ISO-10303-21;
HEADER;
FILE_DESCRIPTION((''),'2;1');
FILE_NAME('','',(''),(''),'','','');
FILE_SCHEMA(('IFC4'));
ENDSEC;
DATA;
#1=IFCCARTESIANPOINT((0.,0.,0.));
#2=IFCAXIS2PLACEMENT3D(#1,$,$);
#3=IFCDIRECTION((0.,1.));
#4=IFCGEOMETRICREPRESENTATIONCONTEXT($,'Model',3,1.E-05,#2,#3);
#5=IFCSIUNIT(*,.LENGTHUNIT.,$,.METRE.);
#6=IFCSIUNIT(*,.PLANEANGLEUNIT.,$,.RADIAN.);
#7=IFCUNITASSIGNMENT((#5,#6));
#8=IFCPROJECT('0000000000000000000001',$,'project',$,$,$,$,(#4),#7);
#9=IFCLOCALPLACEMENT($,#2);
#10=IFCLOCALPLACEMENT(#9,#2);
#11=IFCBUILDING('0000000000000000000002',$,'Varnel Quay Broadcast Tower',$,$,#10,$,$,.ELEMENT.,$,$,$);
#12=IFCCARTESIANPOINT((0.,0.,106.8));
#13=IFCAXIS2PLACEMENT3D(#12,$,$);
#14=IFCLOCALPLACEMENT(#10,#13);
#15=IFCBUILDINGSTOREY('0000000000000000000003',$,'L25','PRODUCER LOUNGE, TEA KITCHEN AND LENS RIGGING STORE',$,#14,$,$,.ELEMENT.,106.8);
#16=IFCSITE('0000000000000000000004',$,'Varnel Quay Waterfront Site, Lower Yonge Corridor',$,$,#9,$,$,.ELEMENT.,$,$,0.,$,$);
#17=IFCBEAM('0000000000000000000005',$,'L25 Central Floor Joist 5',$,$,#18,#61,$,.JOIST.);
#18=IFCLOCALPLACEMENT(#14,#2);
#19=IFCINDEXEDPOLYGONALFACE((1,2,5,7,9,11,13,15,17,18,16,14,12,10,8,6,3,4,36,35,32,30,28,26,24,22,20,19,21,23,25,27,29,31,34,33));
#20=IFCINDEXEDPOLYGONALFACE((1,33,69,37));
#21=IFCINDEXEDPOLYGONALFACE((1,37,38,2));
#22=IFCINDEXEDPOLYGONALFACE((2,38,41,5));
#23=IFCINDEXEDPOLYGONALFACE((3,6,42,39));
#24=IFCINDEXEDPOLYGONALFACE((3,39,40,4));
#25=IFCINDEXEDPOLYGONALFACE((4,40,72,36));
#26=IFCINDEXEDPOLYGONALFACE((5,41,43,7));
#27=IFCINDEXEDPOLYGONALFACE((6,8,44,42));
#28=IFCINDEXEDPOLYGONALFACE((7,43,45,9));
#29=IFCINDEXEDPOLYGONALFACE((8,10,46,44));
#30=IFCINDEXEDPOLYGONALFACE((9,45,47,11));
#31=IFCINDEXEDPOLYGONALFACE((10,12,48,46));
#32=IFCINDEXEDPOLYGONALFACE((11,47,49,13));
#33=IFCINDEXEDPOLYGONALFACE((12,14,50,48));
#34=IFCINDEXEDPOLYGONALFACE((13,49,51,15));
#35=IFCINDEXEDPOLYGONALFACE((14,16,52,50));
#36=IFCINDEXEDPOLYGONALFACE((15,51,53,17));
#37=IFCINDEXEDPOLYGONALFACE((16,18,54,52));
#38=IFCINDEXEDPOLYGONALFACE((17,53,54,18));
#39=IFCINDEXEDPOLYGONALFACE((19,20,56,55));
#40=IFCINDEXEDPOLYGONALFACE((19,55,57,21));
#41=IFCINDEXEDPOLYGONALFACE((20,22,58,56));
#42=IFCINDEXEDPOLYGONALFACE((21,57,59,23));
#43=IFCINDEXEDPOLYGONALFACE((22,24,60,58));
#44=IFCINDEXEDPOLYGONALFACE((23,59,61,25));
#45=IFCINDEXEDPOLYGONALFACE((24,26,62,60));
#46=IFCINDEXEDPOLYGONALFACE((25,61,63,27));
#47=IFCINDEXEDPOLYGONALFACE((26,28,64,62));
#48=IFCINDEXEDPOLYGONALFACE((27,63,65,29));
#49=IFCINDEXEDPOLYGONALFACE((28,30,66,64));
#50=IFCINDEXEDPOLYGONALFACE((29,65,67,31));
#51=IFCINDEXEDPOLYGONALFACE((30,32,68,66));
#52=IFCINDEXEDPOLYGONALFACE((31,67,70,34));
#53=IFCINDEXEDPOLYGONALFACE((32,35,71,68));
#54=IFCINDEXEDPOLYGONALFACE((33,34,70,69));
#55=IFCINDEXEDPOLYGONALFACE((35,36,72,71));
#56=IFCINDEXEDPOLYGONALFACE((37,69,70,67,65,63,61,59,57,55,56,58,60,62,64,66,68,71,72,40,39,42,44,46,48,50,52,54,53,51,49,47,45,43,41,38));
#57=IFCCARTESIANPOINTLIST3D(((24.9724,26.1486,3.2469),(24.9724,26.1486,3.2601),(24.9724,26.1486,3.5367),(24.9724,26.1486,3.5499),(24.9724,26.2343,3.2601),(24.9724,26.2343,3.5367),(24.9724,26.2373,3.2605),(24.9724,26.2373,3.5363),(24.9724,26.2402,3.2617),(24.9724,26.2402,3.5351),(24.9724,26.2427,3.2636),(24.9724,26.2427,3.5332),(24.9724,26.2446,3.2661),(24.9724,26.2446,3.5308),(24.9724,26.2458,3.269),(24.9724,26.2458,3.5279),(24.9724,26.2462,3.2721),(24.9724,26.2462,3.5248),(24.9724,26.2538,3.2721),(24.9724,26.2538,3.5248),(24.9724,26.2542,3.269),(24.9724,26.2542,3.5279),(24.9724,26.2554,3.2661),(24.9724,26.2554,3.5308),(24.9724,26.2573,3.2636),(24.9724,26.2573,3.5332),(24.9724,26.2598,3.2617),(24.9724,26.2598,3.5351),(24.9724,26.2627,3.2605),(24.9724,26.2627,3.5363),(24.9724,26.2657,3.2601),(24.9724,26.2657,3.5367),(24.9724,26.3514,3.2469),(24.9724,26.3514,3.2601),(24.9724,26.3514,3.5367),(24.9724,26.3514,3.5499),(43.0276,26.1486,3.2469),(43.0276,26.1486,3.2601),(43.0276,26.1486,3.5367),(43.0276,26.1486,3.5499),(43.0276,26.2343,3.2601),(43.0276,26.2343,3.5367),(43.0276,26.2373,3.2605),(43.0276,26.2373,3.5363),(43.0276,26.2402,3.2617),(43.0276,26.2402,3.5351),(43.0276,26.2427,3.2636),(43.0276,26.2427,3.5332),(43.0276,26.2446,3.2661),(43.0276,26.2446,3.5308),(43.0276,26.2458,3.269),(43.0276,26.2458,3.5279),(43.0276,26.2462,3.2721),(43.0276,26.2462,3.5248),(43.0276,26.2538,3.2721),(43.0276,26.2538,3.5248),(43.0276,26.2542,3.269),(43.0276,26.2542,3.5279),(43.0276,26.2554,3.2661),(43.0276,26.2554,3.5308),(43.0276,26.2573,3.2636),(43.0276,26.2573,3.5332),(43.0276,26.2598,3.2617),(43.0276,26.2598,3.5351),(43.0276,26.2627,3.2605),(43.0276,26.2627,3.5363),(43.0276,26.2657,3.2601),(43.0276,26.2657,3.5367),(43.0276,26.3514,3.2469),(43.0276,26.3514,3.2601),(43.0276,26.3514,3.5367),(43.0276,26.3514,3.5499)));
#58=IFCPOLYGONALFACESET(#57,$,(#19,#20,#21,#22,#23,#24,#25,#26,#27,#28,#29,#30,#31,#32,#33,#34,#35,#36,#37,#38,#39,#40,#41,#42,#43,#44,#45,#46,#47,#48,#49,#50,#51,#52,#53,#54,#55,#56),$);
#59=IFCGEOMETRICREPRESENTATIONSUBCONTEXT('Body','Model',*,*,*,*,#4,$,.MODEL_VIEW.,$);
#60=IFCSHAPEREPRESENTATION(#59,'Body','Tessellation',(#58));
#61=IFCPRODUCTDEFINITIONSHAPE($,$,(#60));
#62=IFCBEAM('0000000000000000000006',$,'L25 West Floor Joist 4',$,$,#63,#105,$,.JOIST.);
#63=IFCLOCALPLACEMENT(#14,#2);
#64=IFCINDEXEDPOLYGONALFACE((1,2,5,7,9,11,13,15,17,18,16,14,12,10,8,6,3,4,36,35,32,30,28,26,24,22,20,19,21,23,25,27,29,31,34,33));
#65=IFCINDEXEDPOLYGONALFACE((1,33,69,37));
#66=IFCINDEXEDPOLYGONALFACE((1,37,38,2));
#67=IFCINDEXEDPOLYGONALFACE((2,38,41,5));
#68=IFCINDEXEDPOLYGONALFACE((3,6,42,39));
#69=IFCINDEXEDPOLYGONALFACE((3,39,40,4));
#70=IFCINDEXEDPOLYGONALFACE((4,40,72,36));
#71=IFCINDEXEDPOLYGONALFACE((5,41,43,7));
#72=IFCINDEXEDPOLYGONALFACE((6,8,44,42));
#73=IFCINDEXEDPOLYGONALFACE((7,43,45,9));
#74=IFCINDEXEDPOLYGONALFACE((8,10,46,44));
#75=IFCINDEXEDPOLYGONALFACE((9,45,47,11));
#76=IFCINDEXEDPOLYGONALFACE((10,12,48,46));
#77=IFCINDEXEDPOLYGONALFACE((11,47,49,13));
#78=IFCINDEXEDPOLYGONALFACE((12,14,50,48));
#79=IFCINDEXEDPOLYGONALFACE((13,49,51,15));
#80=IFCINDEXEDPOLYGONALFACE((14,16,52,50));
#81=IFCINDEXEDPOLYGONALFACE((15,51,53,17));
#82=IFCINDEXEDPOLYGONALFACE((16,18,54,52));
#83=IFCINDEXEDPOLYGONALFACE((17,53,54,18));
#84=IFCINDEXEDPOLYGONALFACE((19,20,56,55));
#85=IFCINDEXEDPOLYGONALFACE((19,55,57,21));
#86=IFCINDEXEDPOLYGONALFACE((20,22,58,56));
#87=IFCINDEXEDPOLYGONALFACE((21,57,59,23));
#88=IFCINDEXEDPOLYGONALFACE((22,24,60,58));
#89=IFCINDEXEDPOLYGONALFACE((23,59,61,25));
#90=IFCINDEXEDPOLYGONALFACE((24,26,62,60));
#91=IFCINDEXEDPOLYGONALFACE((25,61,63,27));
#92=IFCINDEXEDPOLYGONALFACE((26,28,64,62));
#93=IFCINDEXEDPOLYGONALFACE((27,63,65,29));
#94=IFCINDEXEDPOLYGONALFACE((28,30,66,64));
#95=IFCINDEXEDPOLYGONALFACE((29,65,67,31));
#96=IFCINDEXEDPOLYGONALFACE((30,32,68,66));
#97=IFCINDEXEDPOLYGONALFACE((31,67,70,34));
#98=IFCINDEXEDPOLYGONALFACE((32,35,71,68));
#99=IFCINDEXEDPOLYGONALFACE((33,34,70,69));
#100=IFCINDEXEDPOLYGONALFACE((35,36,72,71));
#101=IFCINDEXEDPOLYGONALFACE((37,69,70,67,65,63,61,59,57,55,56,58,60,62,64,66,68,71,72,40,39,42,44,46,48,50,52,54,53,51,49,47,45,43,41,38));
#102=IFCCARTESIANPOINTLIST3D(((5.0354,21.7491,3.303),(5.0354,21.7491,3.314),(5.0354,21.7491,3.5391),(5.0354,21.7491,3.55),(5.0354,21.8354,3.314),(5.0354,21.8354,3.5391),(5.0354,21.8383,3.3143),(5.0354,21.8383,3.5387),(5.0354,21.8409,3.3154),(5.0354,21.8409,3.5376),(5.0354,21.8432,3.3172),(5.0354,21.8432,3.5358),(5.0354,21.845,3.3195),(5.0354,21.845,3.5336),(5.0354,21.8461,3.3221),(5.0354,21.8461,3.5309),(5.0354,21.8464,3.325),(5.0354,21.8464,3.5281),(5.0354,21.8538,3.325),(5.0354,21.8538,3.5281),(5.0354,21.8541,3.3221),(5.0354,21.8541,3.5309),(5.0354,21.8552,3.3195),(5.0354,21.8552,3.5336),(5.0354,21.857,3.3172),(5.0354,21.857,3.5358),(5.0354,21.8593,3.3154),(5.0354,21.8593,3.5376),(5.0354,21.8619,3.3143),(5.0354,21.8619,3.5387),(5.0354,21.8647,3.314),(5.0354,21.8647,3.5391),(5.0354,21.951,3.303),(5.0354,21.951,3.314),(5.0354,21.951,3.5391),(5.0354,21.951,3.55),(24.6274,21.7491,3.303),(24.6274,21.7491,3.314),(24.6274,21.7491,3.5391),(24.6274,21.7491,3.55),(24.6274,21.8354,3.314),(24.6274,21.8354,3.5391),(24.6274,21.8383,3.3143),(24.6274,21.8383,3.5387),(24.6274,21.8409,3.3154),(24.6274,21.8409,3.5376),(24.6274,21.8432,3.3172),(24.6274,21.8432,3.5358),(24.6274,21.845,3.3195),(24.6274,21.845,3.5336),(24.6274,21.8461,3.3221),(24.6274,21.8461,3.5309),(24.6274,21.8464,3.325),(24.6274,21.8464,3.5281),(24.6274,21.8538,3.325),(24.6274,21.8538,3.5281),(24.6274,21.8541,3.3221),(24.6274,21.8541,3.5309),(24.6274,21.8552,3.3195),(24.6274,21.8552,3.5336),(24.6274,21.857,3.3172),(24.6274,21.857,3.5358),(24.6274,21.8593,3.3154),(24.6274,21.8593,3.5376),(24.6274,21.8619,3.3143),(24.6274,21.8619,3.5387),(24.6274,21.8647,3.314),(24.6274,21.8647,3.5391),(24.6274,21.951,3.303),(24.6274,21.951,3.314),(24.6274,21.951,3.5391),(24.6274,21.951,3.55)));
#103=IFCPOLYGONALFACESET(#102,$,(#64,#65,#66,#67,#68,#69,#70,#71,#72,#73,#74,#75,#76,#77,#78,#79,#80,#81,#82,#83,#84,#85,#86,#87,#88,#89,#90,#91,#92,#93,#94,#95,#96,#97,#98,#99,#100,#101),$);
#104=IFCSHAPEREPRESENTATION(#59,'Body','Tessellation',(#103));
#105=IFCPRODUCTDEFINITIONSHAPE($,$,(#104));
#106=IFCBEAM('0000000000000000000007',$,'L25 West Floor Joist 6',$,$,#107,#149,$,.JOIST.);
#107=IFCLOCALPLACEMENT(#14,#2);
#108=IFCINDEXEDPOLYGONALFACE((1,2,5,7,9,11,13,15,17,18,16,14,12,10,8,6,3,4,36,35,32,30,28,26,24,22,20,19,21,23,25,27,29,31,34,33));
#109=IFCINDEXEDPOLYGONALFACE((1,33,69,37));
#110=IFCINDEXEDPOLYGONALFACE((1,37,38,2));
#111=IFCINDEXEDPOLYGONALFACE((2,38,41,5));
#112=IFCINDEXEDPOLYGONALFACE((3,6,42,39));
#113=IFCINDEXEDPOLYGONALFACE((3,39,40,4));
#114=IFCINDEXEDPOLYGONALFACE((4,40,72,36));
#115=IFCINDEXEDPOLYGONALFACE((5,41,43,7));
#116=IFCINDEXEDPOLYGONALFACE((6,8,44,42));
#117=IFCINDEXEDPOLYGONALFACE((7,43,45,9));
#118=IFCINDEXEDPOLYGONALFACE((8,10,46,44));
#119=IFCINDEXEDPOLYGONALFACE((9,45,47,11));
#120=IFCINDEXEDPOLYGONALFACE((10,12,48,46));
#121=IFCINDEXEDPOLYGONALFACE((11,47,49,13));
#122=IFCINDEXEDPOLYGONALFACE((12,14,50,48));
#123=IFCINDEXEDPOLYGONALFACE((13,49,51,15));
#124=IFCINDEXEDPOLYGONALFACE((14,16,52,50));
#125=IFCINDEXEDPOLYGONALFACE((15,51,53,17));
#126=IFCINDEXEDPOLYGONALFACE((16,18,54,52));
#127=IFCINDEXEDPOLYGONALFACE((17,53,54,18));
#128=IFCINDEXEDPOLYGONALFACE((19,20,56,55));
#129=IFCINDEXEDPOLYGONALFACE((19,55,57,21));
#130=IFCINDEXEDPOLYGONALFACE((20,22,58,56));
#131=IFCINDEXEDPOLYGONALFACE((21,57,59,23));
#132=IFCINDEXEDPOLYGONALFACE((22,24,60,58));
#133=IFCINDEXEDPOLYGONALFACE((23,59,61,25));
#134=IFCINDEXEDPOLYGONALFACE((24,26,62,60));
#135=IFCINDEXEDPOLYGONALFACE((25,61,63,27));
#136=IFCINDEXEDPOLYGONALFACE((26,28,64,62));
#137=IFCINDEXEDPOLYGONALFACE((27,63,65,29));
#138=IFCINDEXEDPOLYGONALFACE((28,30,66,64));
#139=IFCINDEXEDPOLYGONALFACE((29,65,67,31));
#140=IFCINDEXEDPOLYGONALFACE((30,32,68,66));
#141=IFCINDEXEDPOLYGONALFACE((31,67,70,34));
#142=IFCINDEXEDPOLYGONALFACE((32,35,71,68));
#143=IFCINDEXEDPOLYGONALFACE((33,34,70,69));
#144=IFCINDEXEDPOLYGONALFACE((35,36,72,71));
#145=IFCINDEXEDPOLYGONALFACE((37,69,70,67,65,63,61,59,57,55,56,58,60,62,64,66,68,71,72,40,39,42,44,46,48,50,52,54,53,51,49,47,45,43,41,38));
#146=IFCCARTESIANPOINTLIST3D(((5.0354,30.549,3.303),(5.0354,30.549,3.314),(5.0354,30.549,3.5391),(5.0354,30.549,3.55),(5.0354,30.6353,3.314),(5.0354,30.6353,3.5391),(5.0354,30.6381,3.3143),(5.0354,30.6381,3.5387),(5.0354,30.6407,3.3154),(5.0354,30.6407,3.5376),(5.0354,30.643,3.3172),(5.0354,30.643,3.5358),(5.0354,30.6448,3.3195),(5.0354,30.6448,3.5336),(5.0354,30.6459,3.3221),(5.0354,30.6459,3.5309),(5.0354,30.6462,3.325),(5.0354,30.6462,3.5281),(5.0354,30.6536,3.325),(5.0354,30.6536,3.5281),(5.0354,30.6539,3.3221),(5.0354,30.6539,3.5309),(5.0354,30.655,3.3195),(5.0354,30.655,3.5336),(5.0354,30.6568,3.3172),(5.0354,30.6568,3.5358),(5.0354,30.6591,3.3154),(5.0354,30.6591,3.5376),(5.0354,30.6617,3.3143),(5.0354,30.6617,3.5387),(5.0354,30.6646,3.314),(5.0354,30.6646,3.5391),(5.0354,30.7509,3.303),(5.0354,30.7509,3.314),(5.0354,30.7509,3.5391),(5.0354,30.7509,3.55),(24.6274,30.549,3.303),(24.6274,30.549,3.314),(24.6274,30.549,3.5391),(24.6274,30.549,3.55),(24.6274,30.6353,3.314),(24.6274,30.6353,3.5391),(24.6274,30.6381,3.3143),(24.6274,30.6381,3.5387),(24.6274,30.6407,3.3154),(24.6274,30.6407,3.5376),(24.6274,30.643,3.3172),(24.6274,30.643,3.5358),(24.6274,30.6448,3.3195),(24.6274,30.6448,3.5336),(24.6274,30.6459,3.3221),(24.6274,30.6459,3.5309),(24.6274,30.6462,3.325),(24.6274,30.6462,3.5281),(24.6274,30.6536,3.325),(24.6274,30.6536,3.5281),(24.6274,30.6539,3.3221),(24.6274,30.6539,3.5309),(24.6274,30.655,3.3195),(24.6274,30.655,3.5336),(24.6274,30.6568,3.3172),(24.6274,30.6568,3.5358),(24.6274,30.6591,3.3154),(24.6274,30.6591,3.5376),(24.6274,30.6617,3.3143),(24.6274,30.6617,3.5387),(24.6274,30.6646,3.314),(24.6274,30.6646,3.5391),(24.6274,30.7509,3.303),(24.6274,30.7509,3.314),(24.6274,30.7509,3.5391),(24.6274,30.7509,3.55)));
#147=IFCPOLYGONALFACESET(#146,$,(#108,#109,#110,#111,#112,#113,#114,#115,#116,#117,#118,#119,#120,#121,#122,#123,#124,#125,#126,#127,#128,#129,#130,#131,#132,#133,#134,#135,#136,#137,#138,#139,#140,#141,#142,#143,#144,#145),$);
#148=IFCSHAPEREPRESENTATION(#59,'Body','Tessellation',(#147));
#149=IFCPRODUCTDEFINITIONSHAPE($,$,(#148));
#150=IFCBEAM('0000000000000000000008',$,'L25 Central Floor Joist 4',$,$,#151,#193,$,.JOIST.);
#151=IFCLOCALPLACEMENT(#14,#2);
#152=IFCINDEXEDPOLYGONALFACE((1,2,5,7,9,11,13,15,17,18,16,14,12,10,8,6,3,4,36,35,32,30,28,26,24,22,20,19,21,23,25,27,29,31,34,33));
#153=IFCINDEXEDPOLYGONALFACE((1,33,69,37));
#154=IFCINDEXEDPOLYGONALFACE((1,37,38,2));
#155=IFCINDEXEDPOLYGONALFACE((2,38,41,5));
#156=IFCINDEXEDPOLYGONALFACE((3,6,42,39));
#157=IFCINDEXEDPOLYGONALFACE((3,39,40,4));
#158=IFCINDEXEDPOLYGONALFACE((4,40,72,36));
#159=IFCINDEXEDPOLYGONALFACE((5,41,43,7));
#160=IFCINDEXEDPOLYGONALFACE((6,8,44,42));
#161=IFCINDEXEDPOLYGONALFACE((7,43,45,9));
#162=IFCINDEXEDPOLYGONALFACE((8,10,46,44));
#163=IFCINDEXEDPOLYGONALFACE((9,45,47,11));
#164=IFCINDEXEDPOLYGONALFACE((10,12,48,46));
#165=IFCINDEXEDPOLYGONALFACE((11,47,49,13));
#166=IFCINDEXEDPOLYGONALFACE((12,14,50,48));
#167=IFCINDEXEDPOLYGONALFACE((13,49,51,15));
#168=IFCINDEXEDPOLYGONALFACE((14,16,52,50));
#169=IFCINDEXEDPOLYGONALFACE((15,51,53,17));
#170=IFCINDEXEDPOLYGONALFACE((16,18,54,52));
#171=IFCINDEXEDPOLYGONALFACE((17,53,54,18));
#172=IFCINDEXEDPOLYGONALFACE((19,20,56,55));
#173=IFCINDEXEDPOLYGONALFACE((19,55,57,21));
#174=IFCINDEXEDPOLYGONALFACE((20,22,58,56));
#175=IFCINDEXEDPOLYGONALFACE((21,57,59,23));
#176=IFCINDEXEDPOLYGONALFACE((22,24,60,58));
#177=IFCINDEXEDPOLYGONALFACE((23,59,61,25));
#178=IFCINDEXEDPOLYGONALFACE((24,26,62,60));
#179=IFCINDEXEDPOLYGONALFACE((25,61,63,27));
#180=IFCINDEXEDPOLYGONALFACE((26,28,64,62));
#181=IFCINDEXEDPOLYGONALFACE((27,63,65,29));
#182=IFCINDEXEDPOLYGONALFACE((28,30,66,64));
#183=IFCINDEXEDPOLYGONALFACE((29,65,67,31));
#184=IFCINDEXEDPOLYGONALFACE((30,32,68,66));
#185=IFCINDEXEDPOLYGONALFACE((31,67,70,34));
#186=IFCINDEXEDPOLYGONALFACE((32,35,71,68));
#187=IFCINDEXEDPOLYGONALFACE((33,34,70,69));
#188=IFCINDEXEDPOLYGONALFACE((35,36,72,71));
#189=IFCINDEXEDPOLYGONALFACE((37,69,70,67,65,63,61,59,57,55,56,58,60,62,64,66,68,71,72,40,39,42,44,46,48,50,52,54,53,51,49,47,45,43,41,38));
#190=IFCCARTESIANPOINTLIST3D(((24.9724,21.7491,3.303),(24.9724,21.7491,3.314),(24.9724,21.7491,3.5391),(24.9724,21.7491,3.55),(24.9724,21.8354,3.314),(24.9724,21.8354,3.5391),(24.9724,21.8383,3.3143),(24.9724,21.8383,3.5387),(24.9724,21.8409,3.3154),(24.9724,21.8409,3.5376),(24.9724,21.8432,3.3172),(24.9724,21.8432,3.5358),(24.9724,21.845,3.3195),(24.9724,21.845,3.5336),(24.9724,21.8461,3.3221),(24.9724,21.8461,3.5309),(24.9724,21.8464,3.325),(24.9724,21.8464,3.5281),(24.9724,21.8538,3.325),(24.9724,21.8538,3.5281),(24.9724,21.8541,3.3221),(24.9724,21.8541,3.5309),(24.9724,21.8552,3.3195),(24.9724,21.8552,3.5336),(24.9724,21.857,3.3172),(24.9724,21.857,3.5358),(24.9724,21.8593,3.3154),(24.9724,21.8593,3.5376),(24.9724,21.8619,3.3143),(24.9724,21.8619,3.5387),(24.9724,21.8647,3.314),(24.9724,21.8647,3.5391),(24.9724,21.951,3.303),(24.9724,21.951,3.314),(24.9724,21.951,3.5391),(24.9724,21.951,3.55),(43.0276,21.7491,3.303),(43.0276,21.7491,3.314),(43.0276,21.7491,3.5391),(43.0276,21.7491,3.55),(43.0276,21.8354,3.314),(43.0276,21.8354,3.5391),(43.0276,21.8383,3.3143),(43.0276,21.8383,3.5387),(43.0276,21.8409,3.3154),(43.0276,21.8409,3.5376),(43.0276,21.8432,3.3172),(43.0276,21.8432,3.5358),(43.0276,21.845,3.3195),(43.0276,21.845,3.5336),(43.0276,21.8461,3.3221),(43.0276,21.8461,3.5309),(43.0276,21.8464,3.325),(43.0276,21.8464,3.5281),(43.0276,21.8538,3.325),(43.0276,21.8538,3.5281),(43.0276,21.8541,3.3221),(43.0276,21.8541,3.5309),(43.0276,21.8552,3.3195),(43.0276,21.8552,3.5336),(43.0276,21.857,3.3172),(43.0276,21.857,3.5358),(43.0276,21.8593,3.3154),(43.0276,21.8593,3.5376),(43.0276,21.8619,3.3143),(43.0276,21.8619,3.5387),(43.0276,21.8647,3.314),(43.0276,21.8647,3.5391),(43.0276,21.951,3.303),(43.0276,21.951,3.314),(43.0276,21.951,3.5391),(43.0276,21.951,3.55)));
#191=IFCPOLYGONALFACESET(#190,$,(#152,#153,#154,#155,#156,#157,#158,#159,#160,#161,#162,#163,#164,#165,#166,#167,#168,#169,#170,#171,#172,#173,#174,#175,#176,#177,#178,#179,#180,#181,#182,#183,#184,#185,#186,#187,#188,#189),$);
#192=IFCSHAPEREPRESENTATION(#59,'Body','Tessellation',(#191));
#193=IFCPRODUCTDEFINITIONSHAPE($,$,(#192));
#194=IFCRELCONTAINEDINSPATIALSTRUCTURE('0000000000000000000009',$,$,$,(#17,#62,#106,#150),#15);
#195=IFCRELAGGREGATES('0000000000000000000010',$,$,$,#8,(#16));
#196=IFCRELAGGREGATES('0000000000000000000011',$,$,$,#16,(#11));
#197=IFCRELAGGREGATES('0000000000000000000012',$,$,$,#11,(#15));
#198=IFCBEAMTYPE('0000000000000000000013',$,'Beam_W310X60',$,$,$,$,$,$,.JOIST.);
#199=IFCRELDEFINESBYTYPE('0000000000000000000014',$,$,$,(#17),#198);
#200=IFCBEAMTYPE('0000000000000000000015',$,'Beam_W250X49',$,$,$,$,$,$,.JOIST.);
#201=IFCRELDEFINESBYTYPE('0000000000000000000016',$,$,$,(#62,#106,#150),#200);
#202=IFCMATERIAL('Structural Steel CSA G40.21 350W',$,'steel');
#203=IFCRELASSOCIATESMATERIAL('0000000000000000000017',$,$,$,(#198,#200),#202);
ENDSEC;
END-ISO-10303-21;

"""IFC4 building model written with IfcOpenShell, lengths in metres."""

from ifc_helpers import new_model, si_unit, direction, frame, origin, origin_2d, place, context, subcontext, project, spatial, i_section, extrude, source, transform, mapped, material, material_profile, profile_set, type_object, type_shapes, element, save


model = new_model("IFC4")

# Units and contexts
model_context = context("Model", 3, precision=1e-05, world=origin(), true_north=direction((0.0, 1.0)))
body_context = subcontext(model_context, "Body", "Model", "MODEL_VIEW")
ifc_project = project(units=[si_unit("LENGTHUNIT", "METRE"), si_unit("PLANEANGLEUNIT", "RADIAN")], contexts=[model_context])

# Site, building, storey
site_placement = place(None, origin())
site = spatial("IfcSite", under=ifc_project, at=site_placement, Name="Varnel Quay Waterfront Site, Lower Yonge Corridor", CompositionType="ELEMENT", RefElevation=0.0)
building_placement = place(site_placement, origin())
building = spatial("IfcBuilding", under=site, at=building_placement, Name="Varnel Quay Broadcast Tower", CompositionType="ELEMENT")
storey_placement = place(building_placement, frame((0.0, 0.0, 106.8)))
storey = spatial("IfcBuildingStorey", under=building, at=storey_placement, Name="L25", Description="PRODUCER LOUNGE, TEA KITCHEN AND LENS RIGGING STORE", CompositionType="ELEMENT", Elevation=106.8)

# Shared definitions
ifc_material_1 = material(Name="Structural Steel CSA G40.21 350W", Category="steel")

# Beams
ifc_material_profile_1 = material_profile(ifc_material_1, i_section(OverallWidth=0.2029, OverallDepth=0.303, WebThickness=0.0076, FlangeThickness=0.0132, FilletRadius=0.012, at=origin_2d()), Name="W310X60")
ifc_profile_set_1 = profile_set([ifc_material_profile_1], Name="Structural Steel CSA G40.21 350W")
beam_type_1 = type_object("IfcBeamType", Name="Beam_W310X60", PredefinedType="JOIST", material=ifc_profile_set_1)
shared_shape_1 = source(origin(), body_context, "Body", "SweptSolid", [
    extrude(i_section(OverallWidth=0.2029, OverallDepth=0.303, WebThickness=0.0076, FlangeThickness=0.0132, FilletRadius=0.012, at=origin_2d()), origin(), (0.0, 0.0, 1.0), 18.0552),
])
for number, where, z_axis, x_axis, name in (
    (1, (24.9724, 26.25, 3.3984), (1.0, 0.0, 0.0), (0.0, 1.0, 0.0), "L25 Central Floor Joist 5"),
):
    element("IfcBeam", number, at=place(storey_placement, frame(where, z_axis=z_axis, x_axis=x_axis)), inside=storey, type_object=beam_type_1, Name=name, PredefinedType="JOIST", context=body_context, shape_type="MappedRepresentation", body=[
        mapped(shared_shape_1, transform((0.0, 0.0, 0.0), x_axis=(1.0, 0.0, 0.0), y_axis=(0.0, 1.0, 0.0), z_axis=(0.0, 0.0, 1.0), scale=1.0)),
    ])
ifc_material_profile_2 = material_profile(ifc_material_1, i_section(OverallWidth=0.2019, OverallDepth=0.2471, WebThickness=0.0073, FlangeThickness=0.011, FilletRadius=0.011, at=origin_2d()), Name="W250X49")
ifc_profile_set_2 = profile_set([ifc_material_profile_2], Name="Structural Steel CSA G40.21 350W")
beam_type_2 = type_object("IfcBeamType", Name="Beam_W250X49", PredefinedType="JOIST", material=ifc_profile_set_2)
shared_shape_2 = source(origin(), body_context, "Body", "SweptSolid", [
    extrude(i_section(OverallWidth=0.2019, OverallDepth=0.2471, WebThickness=0.0073, FlangeThickness=0.011, FilletRadius=0.011, at=origin_2d()), origin(), (0.0, 0.0, 1.0), 19.592),
])
for number, where, z_axis, x_axis, name in (
    (2, (5.0354, 21.8501, 3.4265), (1.0, 0.0, 0.0), (0.0, 1.0, 0.0), "L25 West Floor Joist 4"),
    (3, (5.0354, 30.6499, 3.4265), (1.0, 0.0, 0.0), (0.0, 1.0, 0.0), "L25 West Floor Joist 6"),
):
    element("IfcBeam", number, at=place(storey_placement, frame(where, z_axis=z_axis, x_axis=x_axis)), inside=storey, type_object=beam_type_2, Name=name, PredefinedType="JOIST", context=body_context, shape_type="MappedRepresentation", body=[
        mapped(shared_shape_2, transform((0.0, 0.0, 0.0), x_axis=(1.0, 0.0, 0.0), y_axis=(0.0, 1.0, 0.0), z_axis=(0.0, 0.0, 1.0), scale=1.0)),
    ])
shared_shape_3 = source(origin(), body_context, "Body", "SweptSolid", [
    extrude(i_section(OverallWidth=0.2019, OverallDepth=0.2471, WebThickness=0.0073, FlangeThickness=0.011, FilletRadius=0.011, at=origin_2d()), origin(), (0.0, 0.0, 1.0), 18.0552),
])
type_shapes(beam_type_2, [shared_shape_2, shared_shape_3])
for number, where, z_axis, x_axis, name in (
    (4, (24.9724, 21.8501, 3.4265), (1.0, 0.0, 0.0), (0.0, 1.0, 0.0), "L25 Central Floor Joist 4"),
):
    element("IfcBeam", number, at=place(storey_placement, frame(where, z_axis=z_axis, x_axis=x_axis)), inside=storey, type_object=beam_type_2, Name=name, PredefinedType="JOIST", context=body_context, shape_type="MappedRepresentation", body=[
        mapped(shared_shape_3, transform((0.0, 0.0, 0.0), x_axis=(1.0, 0.0, 0.0), y_axis=(0.0, 1.0, 0.0), z_axis=(0.0, 0.0, 1.0), scale=1.0)),
    ])

save(model, "model.ifc")
